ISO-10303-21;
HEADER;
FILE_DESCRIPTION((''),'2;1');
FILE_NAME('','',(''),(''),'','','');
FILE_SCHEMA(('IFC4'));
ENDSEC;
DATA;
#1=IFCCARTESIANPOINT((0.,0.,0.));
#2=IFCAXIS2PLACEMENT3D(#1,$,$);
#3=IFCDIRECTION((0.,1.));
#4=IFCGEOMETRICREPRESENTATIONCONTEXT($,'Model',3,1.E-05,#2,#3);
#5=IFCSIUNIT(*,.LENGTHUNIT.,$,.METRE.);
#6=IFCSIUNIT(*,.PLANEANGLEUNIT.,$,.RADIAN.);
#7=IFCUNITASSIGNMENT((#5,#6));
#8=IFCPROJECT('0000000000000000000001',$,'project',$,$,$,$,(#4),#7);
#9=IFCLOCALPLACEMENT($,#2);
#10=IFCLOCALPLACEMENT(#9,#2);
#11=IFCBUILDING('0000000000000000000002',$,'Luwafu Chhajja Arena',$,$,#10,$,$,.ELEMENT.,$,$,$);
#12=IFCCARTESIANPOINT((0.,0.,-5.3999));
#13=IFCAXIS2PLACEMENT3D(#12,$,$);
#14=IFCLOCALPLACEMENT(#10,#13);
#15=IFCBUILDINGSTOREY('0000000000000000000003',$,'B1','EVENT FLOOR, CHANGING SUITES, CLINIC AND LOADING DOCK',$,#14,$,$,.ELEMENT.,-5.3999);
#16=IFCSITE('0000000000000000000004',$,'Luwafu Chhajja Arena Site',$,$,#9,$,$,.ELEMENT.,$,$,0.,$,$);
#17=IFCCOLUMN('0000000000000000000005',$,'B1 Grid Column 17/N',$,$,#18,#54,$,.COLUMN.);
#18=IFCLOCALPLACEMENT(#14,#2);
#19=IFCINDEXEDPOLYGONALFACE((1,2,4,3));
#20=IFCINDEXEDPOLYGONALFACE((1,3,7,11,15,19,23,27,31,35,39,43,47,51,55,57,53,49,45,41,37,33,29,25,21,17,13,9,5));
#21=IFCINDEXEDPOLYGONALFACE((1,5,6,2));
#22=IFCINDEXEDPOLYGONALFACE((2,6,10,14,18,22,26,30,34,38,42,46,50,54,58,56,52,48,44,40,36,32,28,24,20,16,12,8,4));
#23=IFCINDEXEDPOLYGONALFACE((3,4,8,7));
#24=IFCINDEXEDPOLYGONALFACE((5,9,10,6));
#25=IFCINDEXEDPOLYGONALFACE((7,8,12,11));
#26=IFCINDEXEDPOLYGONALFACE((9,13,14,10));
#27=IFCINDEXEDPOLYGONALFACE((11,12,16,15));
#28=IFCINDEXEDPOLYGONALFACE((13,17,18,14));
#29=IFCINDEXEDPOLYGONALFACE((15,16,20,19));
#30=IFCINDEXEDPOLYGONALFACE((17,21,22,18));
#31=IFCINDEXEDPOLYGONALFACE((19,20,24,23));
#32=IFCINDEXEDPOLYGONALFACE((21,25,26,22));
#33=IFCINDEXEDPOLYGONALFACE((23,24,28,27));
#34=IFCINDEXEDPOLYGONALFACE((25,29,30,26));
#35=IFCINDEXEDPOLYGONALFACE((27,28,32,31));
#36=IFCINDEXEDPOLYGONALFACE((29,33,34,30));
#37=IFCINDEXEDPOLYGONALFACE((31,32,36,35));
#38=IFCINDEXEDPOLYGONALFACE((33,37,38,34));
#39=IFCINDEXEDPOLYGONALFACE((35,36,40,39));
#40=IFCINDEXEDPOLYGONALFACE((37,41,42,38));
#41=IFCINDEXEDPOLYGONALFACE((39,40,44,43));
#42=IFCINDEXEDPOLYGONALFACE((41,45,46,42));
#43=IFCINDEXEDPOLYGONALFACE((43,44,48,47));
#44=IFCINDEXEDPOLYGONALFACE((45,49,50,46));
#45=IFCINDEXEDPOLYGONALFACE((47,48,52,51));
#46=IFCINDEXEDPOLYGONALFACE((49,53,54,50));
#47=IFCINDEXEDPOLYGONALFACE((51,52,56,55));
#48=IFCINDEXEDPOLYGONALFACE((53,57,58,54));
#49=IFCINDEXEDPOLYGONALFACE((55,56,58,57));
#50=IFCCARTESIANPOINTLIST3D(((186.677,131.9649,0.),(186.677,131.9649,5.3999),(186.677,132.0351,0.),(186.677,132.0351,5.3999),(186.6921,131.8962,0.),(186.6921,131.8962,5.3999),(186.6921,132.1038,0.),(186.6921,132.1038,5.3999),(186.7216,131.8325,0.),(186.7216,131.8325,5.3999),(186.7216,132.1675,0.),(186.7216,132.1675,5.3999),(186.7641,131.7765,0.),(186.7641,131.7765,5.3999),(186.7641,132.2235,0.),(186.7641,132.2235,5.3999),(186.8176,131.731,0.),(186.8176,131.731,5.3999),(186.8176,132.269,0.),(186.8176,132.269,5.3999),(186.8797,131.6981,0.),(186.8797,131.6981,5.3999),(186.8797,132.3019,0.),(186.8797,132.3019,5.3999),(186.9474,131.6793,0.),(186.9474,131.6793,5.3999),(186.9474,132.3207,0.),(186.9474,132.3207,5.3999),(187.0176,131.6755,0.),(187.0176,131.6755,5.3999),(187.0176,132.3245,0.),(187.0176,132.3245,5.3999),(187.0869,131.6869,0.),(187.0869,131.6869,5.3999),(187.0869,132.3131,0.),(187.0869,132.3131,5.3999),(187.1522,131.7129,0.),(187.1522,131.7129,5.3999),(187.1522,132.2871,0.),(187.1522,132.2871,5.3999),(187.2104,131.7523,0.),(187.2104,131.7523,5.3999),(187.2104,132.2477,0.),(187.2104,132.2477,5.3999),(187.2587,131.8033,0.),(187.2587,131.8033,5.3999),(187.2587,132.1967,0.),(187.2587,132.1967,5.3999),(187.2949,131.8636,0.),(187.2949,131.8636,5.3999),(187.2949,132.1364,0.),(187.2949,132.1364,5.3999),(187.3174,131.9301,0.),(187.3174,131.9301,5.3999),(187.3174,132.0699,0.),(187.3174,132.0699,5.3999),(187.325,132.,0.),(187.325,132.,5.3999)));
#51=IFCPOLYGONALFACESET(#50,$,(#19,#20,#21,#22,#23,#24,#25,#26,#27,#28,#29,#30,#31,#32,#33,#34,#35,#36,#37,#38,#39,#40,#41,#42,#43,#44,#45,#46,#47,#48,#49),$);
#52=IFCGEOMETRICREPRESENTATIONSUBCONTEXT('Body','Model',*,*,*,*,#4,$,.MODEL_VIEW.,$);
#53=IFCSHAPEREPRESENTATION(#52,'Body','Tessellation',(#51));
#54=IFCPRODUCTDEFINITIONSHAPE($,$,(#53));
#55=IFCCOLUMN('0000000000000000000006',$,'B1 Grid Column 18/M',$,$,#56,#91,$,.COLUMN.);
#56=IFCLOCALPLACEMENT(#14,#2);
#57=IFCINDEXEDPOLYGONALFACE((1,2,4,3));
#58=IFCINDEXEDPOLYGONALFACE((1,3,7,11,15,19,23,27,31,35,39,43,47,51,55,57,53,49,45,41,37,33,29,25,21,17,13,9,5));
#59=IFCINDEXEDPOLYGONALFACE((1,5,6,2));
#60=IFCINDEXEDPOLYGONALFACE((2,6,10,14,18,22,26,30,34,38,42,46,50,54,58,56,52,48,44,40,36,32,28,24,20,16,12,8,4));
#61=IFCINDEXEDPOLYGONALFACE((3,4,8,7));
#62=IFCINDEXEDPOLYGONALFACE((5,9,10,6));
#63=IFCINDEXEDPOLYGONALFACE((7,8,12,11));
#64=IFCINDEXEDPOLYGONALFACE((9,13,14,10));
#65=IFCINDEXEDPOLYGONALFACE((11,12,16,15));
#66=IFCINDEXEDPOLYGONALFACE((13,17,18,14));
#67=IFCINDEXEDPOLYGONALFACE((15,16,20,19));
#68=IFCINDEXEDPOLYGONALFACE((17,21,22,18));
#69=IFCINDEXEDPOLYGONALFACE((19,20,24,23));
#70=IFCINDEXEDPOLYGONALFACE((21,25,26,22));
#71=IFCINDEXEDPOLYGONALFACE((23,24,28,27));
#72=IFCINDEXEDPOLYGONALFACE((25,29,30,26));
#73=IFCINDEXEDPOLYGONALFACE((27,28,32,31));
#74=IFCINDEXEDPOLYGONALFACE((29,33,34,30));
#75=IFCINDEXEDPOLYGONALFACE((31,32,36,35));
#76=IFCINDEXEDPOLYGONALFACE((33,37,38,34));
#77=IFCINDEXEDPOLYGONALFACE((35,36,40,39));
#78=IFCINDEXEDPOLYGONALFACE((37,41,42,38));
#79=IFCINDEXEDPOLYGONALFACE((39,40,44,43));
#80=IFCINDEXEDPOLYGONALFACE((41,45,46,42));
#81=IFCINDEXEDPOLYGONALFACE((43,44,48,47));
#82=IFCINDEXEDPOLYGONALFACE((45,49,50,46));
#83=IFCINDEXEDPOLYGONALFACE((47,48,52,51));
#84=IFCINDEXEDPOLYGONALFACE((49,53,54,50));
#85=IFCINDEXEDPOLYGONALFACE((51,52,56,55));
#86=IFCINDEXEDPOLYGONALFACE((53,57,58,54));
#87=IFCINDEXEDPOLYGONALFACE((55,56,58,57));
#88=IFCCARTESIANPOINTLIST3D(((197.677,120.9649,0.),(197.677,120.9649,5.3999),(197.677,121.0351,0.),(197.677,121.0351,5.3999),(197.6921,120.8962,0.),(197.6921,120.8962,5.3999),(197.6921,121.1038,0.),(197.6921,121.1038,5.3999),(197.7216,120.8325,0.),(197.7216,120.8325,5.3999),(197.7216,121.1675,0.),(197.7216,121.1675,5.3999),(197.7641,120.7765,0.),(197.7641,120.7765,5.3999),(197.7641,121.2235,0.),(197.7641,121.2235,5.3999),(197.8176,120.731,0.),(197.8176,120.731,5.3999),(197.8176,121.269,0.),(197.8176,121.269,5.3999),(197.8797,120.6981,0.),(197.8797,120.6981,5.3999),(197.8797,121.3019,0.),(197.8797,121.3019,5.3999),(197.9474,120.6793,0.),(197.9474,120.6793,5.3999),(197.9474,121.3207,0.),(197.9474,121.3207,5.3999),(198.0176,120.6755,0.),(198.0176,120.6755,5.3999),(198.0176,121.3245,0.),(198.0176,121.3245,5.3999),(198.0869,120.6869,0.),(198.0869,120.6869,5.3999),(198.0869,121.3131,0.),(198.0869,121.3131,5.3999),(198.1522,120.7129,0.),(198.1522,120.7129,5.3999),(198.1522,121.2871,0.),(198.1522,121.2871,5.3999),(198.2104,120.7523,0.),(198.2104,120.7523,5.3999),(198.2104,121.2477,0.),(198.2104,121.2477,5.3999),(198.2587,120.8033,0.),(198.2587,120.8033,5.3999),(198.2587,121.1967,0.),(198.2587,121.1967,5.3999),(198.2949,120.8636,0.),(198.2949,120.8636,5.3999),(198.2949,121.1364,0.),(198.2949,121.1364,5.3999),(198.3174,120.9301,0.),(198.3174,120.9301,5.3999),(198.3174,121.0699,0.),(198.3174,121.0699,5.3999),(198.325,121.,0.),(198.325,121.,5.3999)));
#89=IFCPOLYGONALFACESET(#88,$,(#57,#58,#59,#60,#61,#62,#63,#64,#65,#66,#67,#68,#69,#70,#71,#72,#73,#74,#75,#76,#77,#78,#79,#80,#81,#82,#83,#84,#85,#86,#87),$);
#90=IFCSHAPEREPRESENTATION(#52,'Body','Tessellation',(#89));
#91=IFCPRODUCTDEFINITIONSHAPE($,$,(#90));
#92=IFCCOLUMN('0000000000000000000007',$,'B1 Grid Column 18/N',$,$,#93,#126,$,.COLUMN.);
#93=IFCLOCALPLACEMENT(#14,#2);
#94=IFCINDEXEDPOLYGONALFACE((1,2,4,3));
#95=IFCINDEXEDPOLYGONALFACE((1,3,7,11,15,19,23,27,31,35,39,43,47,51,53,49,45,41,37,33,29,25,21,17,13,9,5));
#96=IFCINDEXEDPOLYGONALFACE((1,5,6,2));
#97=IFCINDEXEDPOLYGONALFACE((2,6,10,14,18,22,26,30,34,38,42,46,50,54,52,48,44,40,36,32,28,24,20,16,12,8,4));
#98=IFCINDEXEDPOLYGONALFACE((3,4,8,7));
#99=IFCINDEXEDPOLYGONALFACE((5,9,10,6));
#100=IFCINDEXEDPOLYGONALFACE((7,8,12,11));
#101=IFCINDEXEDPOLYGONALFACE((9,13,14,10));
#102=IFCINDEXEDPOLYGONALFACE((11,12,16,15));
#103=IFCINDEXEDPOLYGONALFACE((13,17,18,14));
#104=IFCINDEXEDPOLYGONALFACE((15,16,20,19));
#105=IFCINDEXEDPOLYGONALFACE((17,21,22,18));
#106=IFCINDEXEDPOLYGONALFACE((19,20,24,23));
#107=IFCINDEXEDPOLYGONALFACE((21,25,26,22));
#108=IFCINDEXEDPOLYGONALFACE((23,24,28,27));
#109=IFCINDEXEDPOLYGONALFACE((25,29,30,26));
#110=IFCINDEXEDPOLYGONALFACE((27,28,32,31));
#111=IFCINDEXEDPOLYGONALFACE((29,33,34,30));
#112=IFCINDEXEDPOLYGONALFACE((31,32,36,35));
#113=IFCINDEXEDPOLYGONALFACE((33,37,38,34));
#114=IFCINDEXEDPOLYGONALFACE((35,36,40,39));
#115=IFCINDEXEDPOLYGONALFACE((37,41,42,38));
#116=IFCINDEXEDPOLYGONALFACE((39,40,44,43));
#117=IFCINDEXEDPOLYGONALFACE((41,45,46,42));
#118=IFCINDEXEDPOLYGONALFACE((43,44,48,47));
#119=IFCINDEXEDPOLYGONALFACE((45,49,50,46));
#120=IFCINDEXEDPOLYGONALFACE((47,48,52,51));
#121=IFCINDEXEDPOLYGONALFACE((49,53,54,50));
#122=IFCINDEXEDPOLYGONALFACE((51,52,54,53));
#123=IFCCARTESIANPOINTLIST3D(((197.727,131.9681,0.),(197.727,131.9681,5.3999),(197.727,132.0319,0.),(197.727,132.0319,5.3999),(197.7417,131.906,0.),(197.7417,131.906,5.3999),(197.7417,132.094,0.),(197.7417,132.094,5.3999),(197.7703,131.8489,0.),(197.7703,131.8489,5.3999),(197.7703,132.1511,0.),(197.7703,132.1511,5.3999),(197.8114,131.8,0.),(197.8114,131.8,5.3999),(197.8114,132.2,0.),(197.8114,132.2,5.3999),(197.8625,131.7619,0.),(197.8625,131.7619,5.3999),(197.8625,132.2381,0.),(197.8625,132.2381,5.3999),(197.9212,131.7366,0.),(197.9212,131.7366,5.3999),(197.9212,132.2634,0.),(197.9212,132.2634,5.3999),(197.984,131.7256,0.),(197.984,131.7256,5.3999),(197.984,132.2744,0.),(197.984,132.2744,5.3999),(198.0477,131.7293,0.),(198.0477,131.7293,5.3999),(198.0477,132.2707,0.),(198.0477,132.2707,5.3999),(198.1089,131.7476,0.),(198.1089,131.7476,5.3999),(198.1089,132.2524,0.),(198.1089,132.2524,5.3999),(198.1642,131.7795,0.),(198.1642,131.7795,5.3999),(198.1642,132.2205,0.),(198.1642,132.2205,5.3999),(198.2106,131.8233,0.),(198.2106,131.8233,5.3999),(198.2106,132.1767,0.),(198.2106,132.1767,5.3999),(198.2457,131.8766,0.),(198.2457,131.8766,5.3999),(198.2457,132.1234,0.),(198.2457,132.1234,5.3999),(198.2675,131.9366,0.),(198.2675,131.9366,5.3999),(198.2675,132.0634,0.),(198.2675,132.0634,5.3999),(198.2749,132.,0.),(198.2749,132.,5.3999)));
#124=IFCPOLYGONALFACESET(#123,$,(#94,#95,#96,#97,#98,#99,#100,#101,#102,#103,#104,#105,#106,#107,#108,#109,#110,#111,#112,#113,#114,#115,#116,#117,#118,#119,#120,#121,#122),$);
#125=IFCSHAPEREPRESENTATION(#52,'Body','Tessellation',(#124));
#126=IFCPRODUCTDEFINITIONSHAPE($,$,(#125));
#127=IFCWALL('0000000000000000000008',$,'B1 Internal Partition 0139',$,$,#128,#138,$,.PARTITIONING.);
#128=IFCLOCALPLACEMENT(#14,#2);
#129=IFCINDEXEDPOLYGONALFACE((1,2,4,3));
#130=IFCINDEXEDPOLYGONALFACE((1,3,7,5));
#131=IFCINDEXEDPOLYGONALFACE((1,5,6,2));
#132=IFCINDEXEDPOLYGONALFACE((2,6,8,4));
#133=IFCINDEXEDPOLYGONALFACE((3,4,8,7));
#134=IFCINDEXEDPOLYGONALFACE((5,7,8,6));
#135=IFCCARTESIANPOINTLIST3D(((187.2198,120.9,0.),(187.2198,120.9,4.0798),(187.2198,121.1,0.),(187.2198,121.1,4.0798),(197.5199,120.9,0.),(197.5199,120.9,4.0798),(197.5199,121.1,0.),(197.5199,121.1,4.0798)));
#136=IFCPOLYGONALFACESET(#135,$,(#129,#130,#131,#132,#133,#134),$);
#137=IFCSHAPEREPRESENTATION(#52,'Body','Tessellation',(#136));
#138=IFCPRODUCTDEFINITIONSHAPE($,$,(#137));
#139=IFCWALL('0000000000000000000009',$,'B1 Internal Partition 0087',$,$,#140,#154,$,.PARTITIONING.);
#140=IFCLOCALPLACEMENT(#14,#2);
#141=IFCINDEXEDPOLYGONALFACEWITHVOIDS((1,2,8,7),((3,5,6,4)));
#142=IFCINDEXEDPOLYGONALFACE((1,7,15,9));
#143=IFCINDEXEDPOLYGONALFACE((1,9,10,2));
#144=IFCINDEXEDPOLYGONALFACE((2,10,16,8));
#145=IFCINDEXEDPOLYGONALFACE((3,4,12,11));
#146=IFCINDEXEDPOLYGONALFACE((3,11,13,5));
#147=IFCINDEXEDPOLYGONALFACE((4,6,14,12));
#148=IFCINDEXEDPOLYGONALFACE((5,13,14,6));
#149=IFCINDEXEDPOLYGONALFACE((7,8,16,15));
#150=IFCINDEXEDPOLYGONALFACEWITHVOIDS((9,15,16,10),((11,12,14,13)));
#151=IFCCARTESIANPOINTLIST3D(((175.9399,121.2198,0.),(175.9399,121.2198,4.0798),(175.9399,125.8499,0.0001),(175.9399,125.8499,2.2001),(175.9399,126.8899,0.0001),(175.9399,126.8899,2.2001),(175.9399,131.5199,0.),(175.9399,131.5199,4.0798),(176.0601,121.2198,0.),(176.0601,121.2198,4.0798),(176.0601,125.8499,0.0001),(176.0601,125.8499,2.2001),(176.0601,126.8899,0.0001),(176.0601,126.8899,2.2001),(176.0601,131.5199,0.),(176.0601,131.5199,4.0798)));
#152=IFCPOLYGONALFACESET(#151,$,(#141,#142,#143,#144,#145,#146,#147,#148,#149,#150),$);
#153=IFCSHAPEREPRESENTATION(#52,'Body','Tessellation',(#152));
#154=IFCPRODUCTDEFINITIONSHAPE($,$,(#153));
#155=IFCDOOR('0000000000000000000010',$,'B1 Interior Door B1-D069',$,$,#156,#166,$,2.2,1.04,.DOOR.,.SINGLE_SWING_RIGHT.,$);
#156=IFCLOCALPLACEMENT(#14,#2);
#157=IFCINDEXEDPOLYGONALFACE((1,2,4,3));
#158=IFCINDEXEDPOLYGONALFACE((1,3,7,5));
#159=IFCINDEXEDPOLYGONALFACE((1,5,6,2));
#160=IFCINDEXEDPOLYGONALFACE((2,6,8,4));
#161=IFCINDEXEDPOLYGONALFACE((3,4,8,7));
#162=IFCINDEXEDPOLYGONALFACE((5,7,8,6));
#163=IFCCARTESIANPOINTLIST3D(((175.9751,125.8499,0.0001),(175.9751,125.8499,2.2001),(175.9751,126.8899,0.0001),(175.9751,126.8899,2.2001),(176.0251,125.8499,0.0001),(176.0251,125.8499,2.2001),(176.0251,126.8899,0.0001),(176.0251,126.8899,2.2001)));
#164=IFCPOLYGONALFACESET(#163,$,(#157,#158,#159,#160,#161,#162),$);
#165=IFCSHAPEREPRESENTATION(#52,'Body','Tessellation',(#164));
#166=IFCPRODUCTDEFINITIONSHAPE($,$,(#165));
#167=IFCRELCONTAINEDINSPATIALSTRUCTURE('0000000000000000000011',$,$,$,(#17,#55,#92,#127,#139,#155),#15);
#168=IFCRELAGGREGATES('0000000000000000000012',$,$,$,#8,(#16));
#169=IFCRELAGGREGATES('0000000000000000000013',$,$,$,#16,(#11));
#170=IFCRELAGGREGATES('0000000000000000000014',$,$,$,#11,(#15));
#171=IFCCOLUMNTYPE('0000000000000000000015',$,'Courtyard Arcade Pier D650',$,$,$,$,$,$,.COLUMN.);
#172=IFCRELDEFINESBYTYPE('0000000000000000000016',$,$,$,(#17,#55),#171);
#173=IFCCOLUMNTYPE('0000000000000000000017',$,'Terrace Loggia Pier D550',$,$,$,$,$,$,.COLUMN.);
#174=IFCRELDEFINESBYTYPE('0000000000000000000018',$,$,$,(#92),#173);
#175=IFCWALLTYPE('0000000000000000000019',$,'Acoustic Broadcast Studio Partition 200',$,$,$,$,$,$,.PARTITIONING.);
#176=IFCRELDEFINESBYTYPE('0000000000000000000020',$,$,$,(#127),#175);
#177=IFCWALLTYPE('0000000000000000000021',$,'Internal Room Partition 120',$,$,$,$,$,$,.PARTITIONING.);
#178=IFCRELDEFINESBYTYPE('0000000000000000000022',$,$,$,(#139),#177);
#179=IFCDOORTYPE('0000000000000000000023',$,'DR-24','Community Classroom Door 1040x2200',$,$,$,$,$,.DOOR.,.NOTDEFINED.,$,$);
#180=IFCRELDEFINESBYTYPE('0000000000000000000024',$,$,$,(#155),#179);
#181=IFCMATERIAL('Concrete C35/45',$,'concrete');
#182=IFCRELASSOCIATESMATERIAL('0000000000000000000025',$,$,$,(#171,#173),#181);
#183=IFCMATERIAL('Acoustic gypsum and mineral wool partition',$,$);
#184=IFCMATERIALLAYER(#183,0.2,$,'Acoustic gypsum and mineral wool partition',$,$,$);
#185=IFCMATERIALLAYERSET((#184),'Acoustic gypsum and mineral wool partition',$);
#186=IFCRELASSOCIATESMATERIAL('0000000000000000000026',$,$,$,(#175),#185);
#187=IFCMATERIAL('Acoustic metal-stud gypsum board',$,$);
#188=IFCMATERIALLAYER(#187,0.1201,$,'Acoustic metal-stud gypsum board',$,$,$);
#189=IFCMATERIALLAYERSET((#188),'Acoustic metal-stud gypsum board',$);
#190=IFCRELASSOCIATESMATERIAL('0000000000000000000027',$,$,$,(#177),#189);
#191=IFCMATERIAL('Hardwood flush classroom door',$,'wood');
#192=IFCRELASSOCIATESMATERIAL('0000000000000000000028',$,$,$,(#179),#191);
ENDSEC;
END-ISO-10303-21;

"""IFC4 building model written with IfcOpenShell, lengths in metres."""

from ifc_helpers import new_model, si_unit, direction, frame, frame_2d, origin, origin_2d, place, context, subcontext, project, spatial, rectangle, circle, extrude, material, layer, layer_set, material_profile, profile_set, type_object, element, fill, save


model = new_model("IFC4")

# Units and contexts
model_context = context("Model", 3, precision=1e-05, world=origin(), true_north=direction((0.0, 1.0)))
body_context = subcontext(model_context, "Body", "Model", "MODEL_VIEW")
ifc_project = project(units=[si_unit("LENGTHUNIT", "METRE"), si_unit("PLANEANGLEUNIT", "RADIAN")], contexts=[model_context])

# Site, building, storey
site_placement = place(None, origin())
site = spatial("IfcSite", under=ifc_project, at=site_placement, Name="Luwafu Chhajja Arena Site", CompositionType="ELEMENT", RefElevation=0.0)
building_placement = place(site_placement, origin())
building = spatial("IfcBuilding", under=site, at=building_placement, Name="Luwafu Chhajja Arena", CompositionType="ELEMENT")
storey_placement = place(building_placement, frame((0.0, 0.0, -5.3999)))
storey = spatial("IfcBuildingStorey", under=building, at=storey_placement, Name="B1", Description="EVENT FLOOR, CHANGING SUITES, CLINIC AND LOADING DOCK", CompositionType="ELEMENT", Elevation=-5.3999)

# Shared definitions
ifc_material_1 = material(Name="Concrete C35/45", Category="concrete")

# Columns
ifc_material_profile_1 = material_profile(ifc_material_1, circle(Radius=0.325, at=origin_2d()), Name="RC COL D650")
ifc_profile_set_1 = profile_set([ifc_material_profile_1], Name="Concrete C35/45")
column_type_1 = type_object("IfcColumnType", Name="Courtyard Arcade Pier D650", PredefinedType="COLUMN", material=ifc_profile_set_1)
for number, where, z_axis, x_axis, name in (
    (1, (187.0, 132.0, 0.0), (0.0, 0.0, 1.0), (1.0, 0.0, 0.0), "B1 Grid Column 17/N"),
    (2, (198.0, 121.0, 0.0), (0.0, 0.0, 1.0), (1.0, 0.0, 0.0), "B1 Grid Column 18/M"),
):
    element("IfcColumn", number, at=place(storey_placement, frame(where, z_axis=z_axis, x_axis=x_axis)), inside=storey, type_object=column_type_1, Name=name, PredefinedType="COLUMN", context=body_context, shape_type="SweptSolid", body=[
        extrude(circle(Radius=0.325, at=origin_2d()), origin(), (0.0, 0.0, 1.0), 5.3999),
    ])
ifc_material_profile_2 = material_profile(ifc_material_1, circle(Radius=0.2749, at=origin_2d()), Name="RC COL D550")
ifc_profile_set_2 = profile_set([ifc_material_profile_2], Name="Concrete C35/45")
column_type_2 = type_object("IfcColumnType", Name="Terrace Loggia Pier D550", PredefinedType="COLUMN", material=ifc_profile_set_2)
column_placement = place(storey_placement, frame((198.0, 132.0, 0.0), z_axis=(0.0, 0.0, 1.0), x_axis=(1.0, 0.0, 0.0)))
element("IfcColumn", 3, at=column_placement, inside=storey, type_object=column_type_2, Name="B1 Grid Column 18/N", PredefinedType="COLUMN", context=body_context, shape_type="SweptSolid", body=[
    extrude(circle(Radius=0.2749, at=origin_2d()), origin(), (0.0, 0.0, 1.0), 5.3999),
])

# Wall
ifc_material_2 = material(Name="Acoustic gypsum and mineral wool partition")
ifc_layer_1 = layer(ifc_material_2, 0.2, Name="Acoustic gypsum and mineral wool partition")
ifc_layer_set_1 = layer_set([ifc_layer_1], Name="Acoustic gypsum and mineral wool partition")
wall_type_1 = type_object("IfcWallType", Name="Acoustic Broadcast Studio Partition 200", PredefinedType="PARTITIONING", material=ifc_layer_set_1)
wall_1_placement = place(storey_placement, frame((187.22, 121.0, 0.0), z_axis=(0.0, 0.0, 1.0), x_axis=(1.0, 0.0, 0.0)))
element("IfcWall", 4, at=wall_1_placement, inside=storey, type_object=wall_type_1, Name="B1 Internal Partition 0139", PredefinedType="PARTITIONING", context=body_context, shape_type="SweptSolid", body=[
    extrude(rectangle(XDim=10.3, YDim=0.2, at=frame_2d((5.1499, 0.0))), origin(), (0.0, 0.0, 1.0), 4.0798),
])

# Wall, opening, door
ifc_material_3 = material(Name="Acoustic metal-stud gypsum board")
ifc_layer_2 = layer(ifc_material_3, 0.1201, Name="Acoustic metal-stud gypsum board")
ifc_layer_set_2 = layer_set([ifc_layer_2], Name="Acoustic metal-stud gypsum board")
wall_type_2 = type_object("IfcWallType", Name="Internal Room Partition 120", PredefinedType="PARTITIONING", material=ifc_layer_set_2)
wall_2_placement = place(storey_placement, frame((176.0, 121.22, 0.0), z_axis=(0.0, 0.0, 1.0), x_axis=(0.0, 1.0, 0.0)))
wall_2 = element("IfcWall", 5, at=wall_2_placement, inside=storey, type_object=wall_type_2, Name="B1 Internal Partition 0087", PredefinedType="PARTITIONING", context=body_context, shape_type="SweptSolid", body=[
    extrude(rectangle(XDim=10.3, YDim=0.1201, at=frame_2d((5.1499, 0.0))), origin(), (0.0, 0.0, 1.0), 4.0798),
])
opening_1_placement = place(wall_2_placement, frame((4.6299, 0.0, 0.0)))
opening_1 = element("IfcOpeningElement", 6, at=opening_1_placement, cuts=wall_2, PredefinedType="OPENING", context=body_context, shape_type="SweptSolid", body=[
    extrude(rectangle(XDim=1.04, YDim=2.2, at=frame_2d((0.52, 1.1001))), frame((0.0, 0.0701, 0.0), z_axis=(0.0, -1.0, 0.0), x_axis=(1.0, 0.0, 0.0)), (0.0, 0.0, 1.0), 0.1401),
])
ifc_material_4 = material(Name="Hardwood flush classroom door", Category="wood")
door_type_1 = type_object("IfcDoorType", Name="DR-24", Description="Community Classroom Door 1040x2200", OperationType="NOTDEFINED", PredefinedType="DOOR", material=ifc_material_4)
door_1_placement = place(opening_1_placement, origin())
door_1 = element("IfcDoor", 7, at=door_1_placement, inside=storey, type_object=door_type_1, Name="B1 Interior Door B1-D069", OperationType="SINGLE_SWING_RIGHT", OverallHeight=2.2, OverallWidth=1.04, PredefinedType="DOOR", context=body_context, shape_type="SweptSolid", body=[
    extrude(rectangle(XDim=1.04, YDim=2.2, at=frame_2d((0.52, 1.1001))), frame((0.0, 0.0249, 0.0), z_axis=(0.0, -1.0, 0.0), x_axis=(1.0, 0.0, 0.0)), (0.0, 0.0, 1.0), 0.05),
])
fill(opening_1, door_1)

save(model, "model.ifc")
